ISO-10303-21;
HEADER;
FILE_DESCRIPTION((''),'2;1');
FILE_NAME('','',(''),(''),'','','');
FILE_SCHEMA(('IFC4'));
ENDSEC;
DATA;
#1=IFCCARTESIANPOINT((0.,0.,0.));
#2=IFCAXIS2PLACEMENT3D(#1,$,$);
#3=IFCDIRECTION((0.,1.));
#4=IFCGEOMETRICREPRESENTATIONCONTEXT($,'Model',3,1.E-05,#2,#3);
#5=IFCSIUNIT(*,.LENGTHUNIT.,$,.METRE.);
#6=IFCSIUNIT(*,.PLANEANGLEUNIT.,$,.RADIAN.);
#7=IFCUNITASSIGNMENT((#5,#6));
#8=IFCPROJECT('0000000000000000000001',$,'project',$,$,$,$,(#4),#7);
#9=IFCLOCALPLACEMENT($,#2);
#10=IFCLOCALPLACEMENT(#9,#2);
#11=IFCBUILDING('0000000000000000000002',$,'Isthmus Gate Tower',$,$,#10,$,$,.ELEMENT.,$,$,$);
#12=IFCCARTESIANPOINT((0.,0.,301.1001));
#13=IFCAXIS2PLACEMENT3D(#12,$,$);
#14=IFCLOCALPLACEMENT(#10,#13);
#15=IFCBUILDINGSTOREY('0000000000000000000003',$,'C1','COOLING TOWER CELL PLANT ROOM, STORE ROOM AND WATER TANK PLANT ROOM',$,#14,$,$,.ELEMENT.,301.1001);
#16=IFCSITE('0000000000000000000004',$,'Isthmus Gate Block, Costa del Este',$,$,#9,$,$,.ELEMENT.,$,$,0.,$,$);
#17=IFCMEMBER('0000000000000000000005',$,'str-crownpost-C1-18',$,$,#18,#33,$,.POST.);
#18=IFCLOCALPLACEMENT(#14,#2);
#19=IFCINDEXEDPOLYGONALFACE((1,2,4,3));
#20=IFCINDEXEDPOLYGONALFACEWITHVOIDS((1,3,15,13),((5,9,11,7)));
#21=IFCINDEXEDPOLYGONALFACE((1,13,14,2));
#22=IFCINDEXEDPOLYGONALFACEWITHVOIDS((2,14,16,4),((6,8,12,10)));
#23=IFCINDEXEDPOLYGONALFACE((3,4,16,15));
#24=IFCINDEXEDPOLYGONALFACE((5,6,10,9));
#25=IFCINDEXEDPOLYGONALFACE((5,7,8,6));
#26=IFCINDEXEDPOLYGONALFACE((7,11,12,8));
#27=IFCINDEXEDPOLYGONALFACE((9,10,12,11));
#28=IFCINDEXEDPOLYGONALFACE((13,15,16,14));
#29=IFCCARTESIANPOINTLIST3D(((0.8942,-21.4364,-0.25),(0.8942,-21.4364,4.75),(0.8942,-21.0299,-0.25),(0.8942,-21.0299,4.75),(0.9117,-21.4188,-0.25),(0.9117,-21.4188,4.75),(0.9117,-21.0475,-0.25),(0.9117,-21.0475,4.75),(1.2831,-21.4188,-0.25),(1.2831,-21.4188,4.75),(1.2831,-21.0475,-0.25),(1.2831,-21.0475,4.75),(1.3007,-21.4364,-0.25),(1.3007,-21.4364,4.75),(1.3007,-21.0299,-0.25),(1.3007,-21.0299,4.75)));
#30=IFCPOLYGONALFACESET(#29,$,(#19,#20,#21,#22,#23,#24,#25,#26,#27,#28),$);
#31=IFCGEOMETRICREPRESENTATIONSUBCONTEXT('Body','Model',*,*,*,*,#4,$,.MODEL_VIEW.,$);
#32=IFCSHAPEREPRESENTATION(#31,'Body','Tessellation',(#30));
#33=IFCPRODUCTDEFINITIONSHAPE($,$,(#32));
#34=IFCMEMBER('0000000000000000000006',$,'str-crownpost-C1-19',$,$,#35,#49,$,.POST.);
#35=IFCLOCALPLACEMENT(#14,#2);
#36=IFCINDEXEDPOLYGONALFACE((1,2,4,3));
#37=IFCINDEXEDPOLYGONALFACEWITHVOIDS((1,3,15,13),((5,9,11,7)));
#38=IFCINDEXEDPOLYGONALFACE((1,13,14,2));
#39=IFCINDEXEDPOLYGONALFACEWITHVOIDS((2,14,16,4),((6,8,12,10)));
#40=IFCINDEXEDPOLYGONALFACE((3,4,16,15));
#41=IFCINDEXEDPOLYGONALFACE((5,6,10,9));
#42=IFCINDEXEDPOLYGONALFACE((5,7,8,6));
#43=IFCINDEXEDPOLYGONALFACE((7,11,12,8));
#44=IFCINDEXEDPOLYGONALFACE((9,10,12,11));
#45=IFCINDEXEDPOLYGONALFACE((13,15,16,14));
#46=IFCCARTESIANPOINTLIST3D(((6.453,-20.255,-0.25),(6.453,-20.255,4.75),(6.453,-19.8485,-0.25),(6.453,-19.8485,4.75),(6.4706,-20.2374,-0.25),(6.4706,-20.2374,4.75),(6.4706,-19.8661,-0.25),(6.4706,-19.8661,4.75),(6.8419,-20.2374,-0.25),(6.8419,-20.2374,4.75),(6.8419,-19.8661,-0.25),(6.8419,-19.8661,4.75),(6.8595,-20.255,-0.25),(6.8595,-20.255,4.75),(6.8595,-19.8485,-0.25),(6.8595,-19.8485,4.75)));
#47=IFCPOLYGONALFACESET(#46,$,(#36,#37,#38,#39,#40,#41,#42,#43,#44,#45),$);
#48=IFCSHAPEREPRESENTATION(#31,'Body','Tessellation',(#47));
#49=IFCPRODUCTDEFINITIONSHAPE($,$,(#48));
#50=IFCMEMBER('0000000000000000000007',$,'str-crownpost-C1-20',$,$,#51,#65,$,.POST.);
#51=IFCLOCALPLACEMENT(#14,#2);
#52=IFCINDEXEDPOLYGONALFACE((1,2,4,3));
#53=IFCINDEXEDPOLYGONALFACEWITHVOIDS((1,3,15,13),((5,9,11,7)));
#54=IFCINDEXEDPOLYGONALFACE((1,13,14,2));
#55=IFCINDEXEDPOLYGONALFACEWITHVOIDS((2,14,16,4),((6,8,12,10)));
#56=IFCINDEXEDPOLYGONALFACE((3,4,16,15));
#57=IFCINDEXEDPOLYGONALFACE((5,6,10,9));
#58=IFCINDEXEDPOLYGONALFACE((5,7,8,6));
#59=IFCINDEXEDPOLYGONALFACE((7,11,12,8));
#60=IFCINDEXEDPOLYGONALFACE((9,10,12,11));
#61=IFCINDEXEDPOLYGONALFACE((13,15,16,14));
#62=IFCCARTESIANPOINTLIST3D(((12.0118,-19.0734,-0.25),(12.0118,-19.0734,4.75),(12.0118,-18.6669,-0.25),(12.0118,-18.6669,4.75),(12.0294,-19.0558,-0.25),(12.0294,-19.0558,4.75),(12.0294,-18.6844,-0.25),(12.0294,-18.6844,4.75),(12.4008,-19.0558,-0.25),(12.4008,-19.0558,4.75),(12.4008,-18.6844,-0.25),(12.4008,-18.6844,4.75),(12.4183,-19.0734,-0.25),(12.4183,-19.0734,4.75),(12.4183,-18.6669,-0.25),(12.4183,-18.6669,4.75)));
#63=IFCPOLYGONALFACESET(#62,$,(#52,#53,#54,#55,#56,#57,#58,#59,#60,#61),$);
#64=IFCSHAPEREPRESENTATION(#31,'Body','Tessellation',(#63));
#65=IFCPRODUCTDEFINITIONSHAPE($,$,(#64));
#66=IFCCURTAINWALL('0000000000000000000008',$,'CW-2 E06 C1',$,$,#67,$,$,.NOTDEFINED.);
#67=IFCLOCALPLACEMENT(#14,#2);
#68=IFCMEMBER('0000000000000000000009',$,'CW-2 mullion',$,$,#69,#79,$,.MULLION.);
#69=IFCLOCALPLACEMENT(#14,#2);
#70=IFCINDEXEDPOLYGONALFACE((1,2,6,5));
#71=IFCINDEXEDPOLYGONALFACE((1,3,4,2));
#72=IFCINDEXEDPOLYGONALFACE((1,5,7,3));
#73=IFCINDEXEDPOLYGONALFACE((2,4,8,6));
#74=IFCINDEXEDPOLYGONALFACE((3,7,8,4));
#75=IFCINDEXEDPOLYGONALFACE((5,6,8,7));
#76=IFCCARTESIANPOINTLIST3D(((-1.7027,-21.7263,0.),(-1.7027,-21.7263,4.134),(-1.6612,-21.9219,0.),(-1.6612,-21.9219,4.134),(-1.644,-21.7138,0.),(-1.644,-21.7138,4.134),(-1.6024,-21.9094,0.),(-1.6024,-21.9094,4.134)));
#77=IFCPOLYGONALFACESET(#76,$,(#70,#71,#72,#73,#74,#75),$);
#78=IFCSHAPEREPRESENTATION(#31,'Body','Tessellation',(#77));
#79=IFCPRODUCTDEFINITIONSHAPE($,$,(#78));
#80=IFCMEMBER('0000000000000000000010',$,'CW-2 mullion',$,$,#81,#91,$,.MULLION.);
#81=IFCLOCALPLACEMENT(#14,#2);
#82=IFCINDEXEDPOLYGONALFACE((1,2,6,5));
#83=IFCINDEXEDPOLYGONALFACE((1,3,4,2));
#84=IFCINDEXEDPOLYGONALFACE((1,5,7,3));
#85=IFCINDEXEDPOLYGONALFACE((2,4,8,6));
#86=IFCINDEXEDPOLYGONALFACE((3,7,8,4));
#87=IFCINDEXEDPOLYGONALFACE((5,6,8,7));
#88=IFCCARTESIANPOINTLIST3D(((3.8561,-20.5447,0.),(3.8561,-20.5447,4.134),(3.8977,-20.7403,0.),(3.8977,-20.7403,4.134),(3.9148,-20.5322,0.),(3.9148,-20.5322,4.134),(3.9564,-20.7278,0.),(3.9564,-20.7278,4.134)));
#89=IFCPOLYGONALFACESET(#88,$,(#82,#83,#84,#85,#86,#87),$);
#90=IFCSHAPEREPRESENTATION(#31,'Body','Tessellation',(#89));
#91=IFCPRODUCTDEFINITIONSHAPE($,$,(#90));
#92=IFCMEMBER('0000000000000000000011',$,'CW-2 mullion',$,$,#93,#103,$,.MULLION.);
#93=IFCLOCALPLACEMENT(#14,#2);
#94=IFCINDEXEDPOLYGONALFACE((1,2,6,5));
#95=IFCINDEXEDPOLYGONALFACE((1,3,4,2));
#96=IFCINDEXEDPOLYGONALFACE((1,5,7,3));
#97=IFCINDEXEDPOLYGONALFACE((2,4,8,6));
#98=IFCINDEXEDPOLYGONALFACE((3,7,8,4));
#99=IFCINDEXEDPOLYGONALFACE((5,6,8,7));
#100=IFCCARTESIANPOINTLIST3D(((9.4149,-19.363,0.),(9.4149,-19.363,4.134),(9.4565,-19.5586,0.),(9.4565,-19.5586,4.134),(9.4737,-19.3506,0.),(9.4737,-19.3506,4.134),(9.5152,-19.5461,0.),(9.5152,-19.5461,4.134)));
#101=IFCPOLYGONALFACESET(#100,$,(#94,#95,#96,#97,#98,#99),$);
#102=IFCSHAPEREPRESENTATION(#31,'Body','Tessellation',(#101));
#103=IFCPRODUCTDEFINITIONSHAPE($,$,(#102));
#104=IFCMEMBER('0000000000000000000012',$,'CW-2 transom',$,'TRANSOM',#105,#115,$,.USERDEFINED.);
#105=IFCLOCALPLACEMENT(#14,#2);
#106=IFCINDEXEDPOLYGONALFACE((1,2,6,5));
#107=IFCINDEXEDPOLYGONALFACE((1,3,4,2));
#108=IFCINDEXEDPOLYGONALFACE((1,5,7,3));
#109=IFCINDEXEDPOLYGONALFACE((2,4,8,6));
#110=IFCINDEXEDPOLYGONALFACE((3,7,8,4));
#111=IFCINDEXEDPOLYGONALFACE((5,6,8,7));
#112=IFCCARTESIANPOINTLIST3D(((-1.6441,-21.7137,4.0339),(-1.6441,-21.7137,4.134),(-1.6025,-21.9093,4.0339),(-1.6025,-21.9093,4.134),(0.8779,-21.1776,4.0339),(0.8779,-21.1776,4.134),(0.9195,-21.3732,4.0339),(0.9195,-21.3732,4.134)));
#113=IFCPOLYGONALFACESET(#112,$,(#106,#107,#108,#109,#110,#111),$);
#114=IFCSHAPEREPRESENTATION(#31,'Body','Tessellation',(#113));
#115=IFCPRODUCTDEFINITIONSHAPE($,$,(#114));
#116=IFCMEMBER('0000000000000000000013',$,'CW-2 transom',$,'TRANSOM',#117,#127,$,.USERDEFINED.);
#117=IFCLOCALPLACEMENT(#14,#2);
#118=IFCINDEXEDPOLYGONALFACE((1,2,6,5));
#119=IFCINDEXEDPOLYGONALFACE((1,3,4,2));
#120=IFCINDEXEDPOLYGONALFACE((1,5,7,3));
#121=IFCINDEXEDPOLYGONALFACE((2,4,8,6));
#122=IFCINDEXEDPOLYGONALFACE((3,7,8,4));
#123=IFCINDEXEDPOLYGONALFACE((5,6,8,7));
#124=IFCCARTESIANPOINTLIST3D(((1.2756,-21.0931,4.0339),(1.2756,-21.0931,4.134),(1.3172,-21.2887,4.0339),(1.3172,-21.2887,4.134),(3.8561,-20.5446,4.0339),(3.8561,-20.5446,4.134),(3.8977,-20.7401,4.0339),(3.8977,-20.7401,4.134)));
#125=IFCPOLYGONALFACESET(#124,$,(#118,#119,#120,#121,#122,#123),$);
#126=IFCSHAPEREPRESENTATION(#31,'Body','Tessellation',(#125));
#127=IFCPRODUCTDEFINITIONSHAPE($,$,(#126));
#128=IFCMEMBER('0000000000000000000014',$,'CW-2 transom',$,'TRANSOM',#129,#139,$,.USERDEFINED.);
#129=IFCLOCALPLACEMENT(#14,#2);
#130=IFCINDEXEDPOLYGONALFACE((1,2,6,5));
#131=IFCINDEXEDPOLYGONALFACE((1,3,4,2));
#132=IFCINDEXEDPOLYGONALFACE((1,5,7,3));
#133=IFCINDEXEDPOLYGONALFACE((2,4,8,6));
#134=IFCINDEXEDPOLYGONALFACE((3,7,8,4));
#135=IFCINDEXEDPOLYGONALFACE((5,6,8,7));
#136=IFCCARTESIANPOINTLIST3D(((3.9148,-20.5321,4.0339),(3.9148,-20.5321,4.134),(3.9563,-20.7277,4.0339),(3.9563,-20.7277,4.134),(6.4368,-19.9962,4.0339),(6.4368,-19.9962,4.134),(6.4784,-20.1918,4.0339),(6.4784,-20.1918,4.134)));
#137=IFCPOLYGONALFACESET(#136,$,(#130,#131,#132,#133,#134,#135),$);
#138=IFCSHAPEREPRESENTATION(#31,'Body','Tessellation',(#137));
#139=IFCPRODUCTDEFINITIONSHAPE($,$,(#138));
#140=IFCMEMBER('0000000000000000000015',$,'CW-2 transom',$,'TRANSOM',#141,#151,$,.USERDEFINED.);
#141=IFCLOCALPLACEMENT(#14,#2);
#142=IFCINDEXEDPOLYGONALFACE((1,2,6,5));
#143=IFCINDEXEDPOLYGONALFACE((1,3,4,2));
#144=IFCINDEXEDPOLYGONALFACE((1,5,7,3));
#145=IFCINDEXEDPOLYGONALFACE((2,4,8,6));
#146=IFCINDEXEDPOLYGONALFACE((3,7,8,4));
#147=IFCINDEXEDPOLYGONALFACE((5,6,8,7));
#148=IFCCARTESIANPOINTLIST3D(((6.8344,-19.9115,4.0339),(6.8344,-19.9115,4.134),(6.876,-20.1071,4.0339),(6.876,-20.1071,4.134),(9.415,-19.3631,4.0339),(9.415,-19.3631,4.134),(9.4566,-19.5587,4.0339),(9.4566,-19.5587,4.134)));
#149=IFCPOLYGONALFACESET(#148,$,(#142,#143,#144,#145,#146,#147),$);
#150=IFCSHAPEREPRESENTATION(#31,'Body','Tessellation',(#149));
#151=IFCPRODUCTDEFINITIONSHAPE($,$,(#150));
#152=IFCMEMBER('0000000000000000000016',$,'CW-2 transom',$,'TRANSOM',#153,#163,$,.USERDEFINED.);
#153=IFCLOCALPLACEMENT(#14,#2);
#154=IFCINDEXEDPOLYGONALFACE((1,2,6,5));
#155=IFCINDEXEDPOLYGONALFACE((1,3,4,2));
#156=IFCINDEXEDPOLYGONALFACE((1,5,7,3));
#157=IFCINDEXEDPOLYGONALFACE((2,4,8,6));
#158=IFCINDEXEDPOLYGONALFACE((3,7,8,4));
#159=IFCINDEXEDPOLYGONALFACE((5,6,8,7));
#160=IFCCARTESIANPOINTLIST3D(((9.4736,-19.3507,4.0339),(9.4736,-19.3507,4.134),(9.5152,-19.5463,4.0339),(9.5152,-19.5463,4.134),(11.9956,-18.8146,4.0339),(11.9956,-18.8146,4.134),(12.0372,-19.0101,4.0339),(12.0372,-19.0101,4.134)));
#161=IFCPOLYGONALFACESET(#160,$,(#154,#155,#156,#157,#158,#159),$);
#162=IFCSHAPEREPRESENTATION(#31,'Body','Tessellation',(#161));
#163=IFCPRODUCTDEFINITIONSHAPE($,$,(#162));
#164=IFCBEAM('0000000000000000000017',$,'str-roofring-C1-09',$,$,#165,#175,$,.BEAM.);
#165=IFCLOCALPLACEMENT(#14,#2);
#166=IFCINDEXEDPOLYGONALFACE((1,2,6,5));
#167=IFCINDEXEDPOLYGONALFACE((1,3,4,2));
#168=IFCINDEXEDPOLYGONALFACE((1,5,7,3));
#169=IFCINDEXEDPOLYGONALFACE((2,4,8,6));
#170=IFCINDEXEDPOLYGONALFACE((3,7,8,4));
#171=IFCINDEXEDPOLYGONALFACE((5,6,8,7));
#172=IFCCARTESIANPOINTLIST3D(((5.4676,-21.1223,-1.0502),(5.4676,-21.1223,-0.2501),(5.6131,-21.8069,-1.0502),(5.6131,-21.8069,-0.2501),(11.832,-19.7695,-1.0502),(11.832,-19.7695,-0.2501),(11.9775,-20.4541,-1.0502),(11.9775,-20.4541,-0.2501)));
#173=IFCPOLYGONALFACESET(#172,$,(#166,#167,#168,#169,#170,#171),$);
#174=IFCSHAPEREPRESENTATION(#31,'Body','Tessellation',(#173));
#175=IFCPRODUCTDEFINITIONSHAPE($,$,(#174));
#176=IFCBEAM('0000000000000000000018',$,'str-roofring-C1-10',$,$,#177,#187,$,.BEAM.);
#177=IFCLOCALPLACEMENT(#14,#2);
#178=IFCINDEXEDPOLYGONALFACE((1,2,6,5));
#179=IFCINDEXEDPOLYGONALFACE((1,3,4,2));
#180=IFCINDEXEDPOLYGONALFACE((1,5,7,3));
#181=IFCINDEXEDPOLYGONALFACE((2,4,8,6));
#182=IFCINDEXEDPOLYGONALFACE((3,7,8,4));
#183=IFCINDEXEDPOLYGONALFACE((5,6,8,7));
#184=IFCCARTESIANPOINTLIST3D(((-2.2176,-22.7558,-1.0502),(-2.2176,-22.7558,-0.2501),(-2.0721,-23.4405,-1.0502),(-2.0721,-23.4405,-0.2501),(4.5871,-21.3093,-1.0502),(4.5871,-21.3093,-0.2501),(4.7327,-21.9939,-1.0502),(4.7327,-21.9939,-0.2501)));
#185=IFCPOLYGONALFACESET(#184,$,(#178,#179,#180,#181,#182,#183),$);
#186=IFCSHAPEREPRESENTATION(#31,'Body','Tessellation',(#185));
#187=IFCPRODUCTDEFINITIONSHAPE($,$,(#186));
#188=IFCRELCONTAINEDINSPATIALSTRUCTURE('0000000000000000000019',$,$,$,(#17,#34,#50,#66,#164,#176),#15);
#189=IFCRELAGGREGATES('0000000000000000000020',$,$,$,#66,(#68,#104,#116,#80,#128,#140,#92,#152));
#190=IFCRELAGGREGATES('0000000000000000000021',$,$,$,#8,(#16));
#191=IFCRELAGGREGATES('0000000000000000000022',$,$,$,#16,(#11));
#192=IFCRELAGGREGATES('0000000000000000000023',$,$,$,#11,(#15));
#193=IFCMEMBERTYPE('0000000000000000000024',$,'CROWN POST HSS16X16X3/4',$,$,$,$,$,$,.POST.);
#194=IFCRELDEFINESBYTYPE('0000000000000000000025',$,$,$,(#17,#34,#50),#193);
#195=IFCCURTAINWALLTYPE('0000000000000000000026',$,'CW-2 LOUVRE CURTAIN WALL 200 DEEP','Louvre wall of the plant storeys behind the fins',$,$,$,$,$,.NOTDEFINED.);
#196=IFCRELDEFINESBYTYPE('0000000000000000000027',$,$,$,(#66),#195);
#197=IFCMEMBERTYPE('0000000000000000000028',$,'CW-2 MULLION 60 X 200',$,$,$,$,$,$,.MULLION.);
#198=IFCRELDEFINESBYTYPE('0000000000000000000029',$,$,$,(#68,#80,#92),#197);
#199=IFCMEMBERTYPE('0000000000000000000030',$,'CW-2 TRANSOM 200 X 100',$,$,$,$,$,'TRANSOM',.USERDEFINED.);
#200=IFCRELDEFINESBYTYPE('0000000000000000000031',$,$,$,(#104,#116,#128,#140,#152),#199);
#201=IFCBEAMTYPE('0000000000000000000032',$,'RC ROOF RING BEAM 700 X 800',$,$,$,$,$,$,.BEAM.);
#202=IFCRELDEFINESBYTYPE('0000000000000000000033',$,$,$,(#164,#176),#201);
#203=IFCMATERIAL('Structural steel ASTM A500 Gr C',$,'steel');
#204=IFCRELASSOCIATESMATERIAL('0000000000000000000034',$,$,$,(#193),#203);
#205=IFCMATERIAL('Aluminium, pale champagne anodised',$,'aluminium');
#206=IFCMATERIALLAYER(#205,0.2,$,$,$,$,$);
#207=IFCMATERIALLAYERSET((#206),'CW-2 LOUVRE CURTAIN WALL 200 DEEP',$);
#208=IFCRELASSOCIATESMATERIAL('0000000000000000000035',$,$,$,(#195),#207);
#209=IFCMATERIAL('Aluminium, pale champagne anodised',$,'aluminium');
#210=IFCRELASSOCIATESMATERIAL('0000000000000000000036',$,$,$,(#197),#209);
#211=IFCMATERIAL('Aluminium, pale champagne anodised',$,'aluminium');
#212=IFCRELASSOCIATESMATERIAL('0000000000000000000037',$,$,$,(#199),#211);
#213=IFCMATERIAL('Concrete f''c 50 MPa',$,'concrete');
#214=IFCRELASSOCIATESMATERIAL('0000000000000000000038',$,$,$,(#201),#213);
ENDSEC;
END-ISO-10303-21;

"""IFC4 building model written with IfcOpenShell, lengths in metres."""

from ifc_helpers import new_model, si_unit, direction, frame, origin, origin_2d, place, context, subcontext, project, spatial, rectangle, hollow_rectangle, extrude, material, layer, layer_set, material_profile, profile_set, type_object, element, aggregate, save


model = new_model("IFC4")

# Units and contexts
model_context = context("Model", 3, precision=1e-05, world=origin(), true_north=direction((0.0, 1.0)))
body_context = subcontext(model_context, "Body", "Model", "MODEL_VIEW")
ifc_project = project(units=[si_unit("LENGTHUNIT", "METRE"), si_unit("PLANEANGLEUNIT", "RADIAN")], contexts=[model_context])

# Site, building, storey
site_placement = place(None, origin())
site = spatial("IfcSite", under=ifc_project, at=site_placement, Name="Isthmus Gate Block, Costa del Este", CompositionType="ELEMENT", RefElevation=0.0)
building_placement = place(site_placement, origin())
building = spatial("IfcBuilding", under=site, at=building_placement, Name="Isthmus Gate Tower", CompositionType="ELEMENT")
storey_placement = place(building_placement, frame((0.0, 0.0, 301.1001)))
storey = spatial("IfcBuildingStorey", under=building, at=storey_placement, Name="C1", Description="COOLING TOWER CELL PLANT ROOM, STORE ROOM AND WATER TANK PLANT ROOM", CompositionType="ELEMENT", Elevation=301.1001)

# Members
ifc_material_1 = material(Name="Structural steel ASTM A500 Gr C", Category="steel")
ifc_material_profile_1 = material_profile(ifc_material_1, hollow_rectangle(XDim=0.4065, YDim=0.4065, WallThickness=0.0176, at=origin_2d()), Name="HSS16X16X3/4")
ifc_profile_set_1 = profile_set([ifc_material_profile_1], Name="Structural steel ASTM A500 Gr C")
member_type_1 = type_object("IfcMemberType", Name="CROWN POST HSS16X16X3/4", PredefinedType="POST", material=ifc_profile_set_1)
for number, where, z_axis, x_axis, name in (
    (1, (1.0974, -21.2332, -0.25), (0.0, 0.0, 1.0), (1.0, 0.0, 0.0), "str-crownpost-C1-18"),
    (2, (6.6562, -20.0518, -0.25), (0.0, 0.0, 1.0), (1.0, 0.0, 0.0), "str-crownpost-C1-19"),
    (3, (12.2151, -18.8701, -0.25), (0.0, 0.0, 1.0), (1.0, 0.0, 0.0), "str-crownpost-C1-20"),
):
    element("IfcMember", number, at=place(storey_placement, frame(where, z_axis=z_axis, x_axis=x_axis)), inside=storey, type_object=member_type_1, Name=name, PredefinedType="POST", context=body_context, shape_type="SweptSolid", body=[
        extrude(hollow_rectangle(XDim=0.4065, YDim=0.4065, WallThickness=0.0176, at=origin_2d()), origin(), (0.0, 0.0, 1.0), 5.0),
    ])

# Curtain wall, members
ifc_material_2 = material(Name="Aluminium, pale champagne anodised", Category="aluminium")
ifc_layer_1 = layer(ifc_material_2, 0.2)
ifc_layer_set_1 = layer_set([ifc_layer_1], Name="CW-2 LOUVRE CURTAIN WALL 200 DEEP")
curtain_wall_type_1 = type_object("IfcCurtainWallType", Name="CW-2 LOUVRE CURTAIN WALL 200 DEEP", Description="Louvre wall of the plant storeys behind the fins", PredefinedType="NOTDEFINED", material=ifc_layer_set_1)
curtain_wall_1_placement = place(storey_placement, origin())
curtain_wall_1 = element("IfcCurtainWall", 4, at=curtain_wall_1_placement, inside=storey, type_object=curtain_wall_type_1, Name="CW-2 E06 C1", PredefinedType="NOTDEFINED")
ifc_material_3 = material(Name="Aluminium, pale champagne anodised", Category="aluminium")
ifc_material_profile_2 = material_profile(ifc_material_3, rectangle(XDim=0.0601, YDim=0.2, at=origin_2d()), Name="60x200")
ifc_profile_set_2 = profile_set([ifc_material_profile_2], Name="Aluminium, pale champagne anodised")
member_type_2 = type_object("IfcMemberType", Name="CW-2 MULLION 60 X 200", PredefinedType="MULLION", material=ifc_profile_set_2)
member_1_placement = place(storey_placement, frame((-1.6526, -21.8179, 0.0), z_axis=(0.0, 0.0, 1.0), x_axis=(0.978148, 0.207912, 0.0)))
member_1 = element("IfcMember", 5, at=member_1_placement, type_object=member_type_2, Name="CW-2 mullion", PredefinedType="MULLION", context=body_context, shape_type="SweptSolid", body=[
    extrude(rectangle(XDim=0.0601, YDim=0.2, at=origin_2d()), origin(), (0.0, 0.0, 1.0), 4.134),
])
member_2_placement = place(storey_placement, frame((3.9062, -20.6362, 0.0), z_axis=(0.0, 0.0, 1.0), x_axis=(0.978148, 0.207912, 0.0)))
member_2 = element("IfcMember", 6, at=member_2_placement, type_object=member_type_2, Name="CW-2 mullion", PredefinedType="MULLION", context=body_context, shape_type="SweptSolid", body=[
    extrude(rectangle(XDim=0.0601, YDim=0.2, at=origin_2d()), origin(), (0.0, 0.0, 1.0), 4.134),
])
member_3_placement = place(storey_placement, frame((9.4651, -19.4546, 0.0), z_axis=(0.0, 0.0, 1.0), x_axis=(0.978148, 0.207912, 0.0)))
member_3 = element("IfcMember", 7, at=member_3_placement, type_object=member_type_2, Name="CW-2 mullion", PredefinedType="MULLION", context=body_context, shape_type="SweptSolid", body=[
    extrude(rectangle(XDim=0.0601, YDim=0.2, at=origin_2d()), origin(), (0.0, 0.0, 1.0), 4.134),
])
ifc_material_4 = material(Name="Aluminium, pale champagne anodised", Category="aluminium")
ifc_material_profile_3 = material_profile(ifc_material_4, rectangle(XDim=0.2, YDim=0.1001, at=origin_2d()), Name="200x100")
ifc_profile_set_3 = profile_set([ifc_material_profile_3], Name="Aluminium, pale champagne anodised")
member_type_3 = type_object("IfcMemberType", Name="CW-2 TRANSOM 200 X 100", ElementType="TRANSOM", PredefinedType="USERDEFINED", material=ifc_profile_set_3)
member_4_placement = place(storey_placement, frame((-1.6233, -21.8115, 4.084), z_axis=(0.978142, 0.207938, 0.0), x_axis=(-0.207938, 0.978142, 0.0)))
member_4 = element("IfcMember", 8, at=member_4_placement, type_object=member_type_3, Name="CW-2 transom", ObjectType="TRANSOM", PredefinedType="USERDEFINED", context=body_context, shape_type="SweptSolid", body=[
    extrude(rectangle(XDim=0.2, YDim=0.1001, at=origin_2d()), origin(), (0.0, 0.0, 1.0), 2.5784),
])
member_5_placement = place(storey_placement, frame((1.2964, -21.1909, 4.084), z_axis=(0.978142, 0.207936, 0.0), x_axis=(-0.207936, 0.978142, 0.0)))
member_5 = element("IfcMember", 9, at=member_5_placement, type_object=member_type_3, Name="CW-2 transom", ObjectType="TRANSOM", PredefinedType="USERDEFINED", context=body_context, shape_type="SweptSolid", body=[
    extrude(rectangle(XDim=0.2, YDim=0.1001, at=origin_2d()), origin(), (0.0, 0.0, 1.0), 2.6382),
])
member_6_placement = place(storey_placement, frame((3.9355, -20.6299, 4.084), z_axis=(0.978161, 0.207847, 0.0), x_axis=(-0.207847, 0.978161, 0.0)))
member_6 = element("IfcMember", 10, at=member_6_placement, type_object=member_type_3, Name="CW-2 transom", ObjectType="TRANSOM", PredefinedType="USERDEFINED", context=body_context, shape_type="SweptSolid", body=[
    extrude(rectangle(XDim=0.2, YDim=0.1001, at=origin_2d()), origin(), (0.0, 0.0, 1.0), 2.5784),
])
member_7_placement = place(storey_placement, frame((6.8552, -20.0093, 4.084), z_axis=(0.978161, 0.207848, 0.0), x_axis=(-0.207848, 0.978161, 0.0)))
member_7 = element("IfcMember", 11, at=member_7_placement, type_object=member_type_3, Name="CW-2 transom", ObjectType="TRANSOM", PredefinedType="USERDEFINED", context=body_context, shape_type="SweptSolid", body=[
    extrude(rectangle(XDim=0.2, YDim=0.1001, at=origin_2d()), origin(), (0.0, 0.0, 1.0), 2.6382),
])
member_8_placement = place(storey_placement, frame((9.4944, -19.4485, 4.084), z_axis=(0.978142, 0.207938, 0.0), x_axis=(-0.207938, 0.978142, 0.0)))
member_8 = element("IfcMember", 12, at=member_8_placement, type_object=member_type_3, Name="CW-2 transom", ObjectType="TRANSOM", PredefinedType="USERDEFINED", context=body_context, shape_type="SweptSolid", body=[
    extrude(rectangle(XDim=0.2, YDim=0.1001, at=origin_2d()), origin(), (0.0, 0.0, 1.0), 2.5784),
])

# Beams
ifc_material_5 = material(Name="Concrete f'c 50 MPa", Category="concrete")
ifc_material_profile_4 = material_profile(ifc_material_5, rectangle(XDim=0.7, YDim=0.8, at=origin_2d()), Name="RC 700X800")
ifc_profile_set_4 = profile_set([ifc_material_profile_4], Name="Concrete f'c 50 MPa")
beam_type_1 = type_object("IfcBeamType", Name="RC ROOF RING BEAM 700 X 800", PredefinedType="BEAM", material=ifc_profile_set_4)
beam_1_placement = place(storey_placement, frame((11.9048, -20.1118, -0.6501), z_axis=(-0.978149, -0.207907, 0.0), x_axis=(0.207907, -0.978149, 0.0)))
element("IfcBeam", 13, at=beam_1_placement, inside=storey, type_object=beam_type_1, Name="str-roofring-C1-09", PredefinedType="BEAM", context=body_context, shape_type="SweptSolid", body=[
    extrude(rectangle(XDim=0.7, YDim=0.8, at=origin_2d()), origin(), (0.0, 0.0, 1.0), 6.5066),
])
beam_2_placement = place(storey_placement, frame((4.6599, -21.6516, -0.6501), z_axis=(-0.978143, -0.207933, 0.0), x_axis=(0.207933, -0.978143, 0.0)))
element("IfcBeam", 14, at=beam_2_placement, inside=storey, type_object=beam_type_1, Name="str-roofring-C1-10", PredefinedType="BEAM", context=body_context, shape_type="SweptSolid", body=[
    extrude(rectangle(XDim=0.7, YDim=0.8, at=origin_2d()), origin(), (0.0, 0.0, 1.0), 6.9568),
])

aggregate(curtain_wall_1, [member_1, member_4, member_5, member_2, member_6, member_7, member_3, member_8])

save(model, "model.ifc")
